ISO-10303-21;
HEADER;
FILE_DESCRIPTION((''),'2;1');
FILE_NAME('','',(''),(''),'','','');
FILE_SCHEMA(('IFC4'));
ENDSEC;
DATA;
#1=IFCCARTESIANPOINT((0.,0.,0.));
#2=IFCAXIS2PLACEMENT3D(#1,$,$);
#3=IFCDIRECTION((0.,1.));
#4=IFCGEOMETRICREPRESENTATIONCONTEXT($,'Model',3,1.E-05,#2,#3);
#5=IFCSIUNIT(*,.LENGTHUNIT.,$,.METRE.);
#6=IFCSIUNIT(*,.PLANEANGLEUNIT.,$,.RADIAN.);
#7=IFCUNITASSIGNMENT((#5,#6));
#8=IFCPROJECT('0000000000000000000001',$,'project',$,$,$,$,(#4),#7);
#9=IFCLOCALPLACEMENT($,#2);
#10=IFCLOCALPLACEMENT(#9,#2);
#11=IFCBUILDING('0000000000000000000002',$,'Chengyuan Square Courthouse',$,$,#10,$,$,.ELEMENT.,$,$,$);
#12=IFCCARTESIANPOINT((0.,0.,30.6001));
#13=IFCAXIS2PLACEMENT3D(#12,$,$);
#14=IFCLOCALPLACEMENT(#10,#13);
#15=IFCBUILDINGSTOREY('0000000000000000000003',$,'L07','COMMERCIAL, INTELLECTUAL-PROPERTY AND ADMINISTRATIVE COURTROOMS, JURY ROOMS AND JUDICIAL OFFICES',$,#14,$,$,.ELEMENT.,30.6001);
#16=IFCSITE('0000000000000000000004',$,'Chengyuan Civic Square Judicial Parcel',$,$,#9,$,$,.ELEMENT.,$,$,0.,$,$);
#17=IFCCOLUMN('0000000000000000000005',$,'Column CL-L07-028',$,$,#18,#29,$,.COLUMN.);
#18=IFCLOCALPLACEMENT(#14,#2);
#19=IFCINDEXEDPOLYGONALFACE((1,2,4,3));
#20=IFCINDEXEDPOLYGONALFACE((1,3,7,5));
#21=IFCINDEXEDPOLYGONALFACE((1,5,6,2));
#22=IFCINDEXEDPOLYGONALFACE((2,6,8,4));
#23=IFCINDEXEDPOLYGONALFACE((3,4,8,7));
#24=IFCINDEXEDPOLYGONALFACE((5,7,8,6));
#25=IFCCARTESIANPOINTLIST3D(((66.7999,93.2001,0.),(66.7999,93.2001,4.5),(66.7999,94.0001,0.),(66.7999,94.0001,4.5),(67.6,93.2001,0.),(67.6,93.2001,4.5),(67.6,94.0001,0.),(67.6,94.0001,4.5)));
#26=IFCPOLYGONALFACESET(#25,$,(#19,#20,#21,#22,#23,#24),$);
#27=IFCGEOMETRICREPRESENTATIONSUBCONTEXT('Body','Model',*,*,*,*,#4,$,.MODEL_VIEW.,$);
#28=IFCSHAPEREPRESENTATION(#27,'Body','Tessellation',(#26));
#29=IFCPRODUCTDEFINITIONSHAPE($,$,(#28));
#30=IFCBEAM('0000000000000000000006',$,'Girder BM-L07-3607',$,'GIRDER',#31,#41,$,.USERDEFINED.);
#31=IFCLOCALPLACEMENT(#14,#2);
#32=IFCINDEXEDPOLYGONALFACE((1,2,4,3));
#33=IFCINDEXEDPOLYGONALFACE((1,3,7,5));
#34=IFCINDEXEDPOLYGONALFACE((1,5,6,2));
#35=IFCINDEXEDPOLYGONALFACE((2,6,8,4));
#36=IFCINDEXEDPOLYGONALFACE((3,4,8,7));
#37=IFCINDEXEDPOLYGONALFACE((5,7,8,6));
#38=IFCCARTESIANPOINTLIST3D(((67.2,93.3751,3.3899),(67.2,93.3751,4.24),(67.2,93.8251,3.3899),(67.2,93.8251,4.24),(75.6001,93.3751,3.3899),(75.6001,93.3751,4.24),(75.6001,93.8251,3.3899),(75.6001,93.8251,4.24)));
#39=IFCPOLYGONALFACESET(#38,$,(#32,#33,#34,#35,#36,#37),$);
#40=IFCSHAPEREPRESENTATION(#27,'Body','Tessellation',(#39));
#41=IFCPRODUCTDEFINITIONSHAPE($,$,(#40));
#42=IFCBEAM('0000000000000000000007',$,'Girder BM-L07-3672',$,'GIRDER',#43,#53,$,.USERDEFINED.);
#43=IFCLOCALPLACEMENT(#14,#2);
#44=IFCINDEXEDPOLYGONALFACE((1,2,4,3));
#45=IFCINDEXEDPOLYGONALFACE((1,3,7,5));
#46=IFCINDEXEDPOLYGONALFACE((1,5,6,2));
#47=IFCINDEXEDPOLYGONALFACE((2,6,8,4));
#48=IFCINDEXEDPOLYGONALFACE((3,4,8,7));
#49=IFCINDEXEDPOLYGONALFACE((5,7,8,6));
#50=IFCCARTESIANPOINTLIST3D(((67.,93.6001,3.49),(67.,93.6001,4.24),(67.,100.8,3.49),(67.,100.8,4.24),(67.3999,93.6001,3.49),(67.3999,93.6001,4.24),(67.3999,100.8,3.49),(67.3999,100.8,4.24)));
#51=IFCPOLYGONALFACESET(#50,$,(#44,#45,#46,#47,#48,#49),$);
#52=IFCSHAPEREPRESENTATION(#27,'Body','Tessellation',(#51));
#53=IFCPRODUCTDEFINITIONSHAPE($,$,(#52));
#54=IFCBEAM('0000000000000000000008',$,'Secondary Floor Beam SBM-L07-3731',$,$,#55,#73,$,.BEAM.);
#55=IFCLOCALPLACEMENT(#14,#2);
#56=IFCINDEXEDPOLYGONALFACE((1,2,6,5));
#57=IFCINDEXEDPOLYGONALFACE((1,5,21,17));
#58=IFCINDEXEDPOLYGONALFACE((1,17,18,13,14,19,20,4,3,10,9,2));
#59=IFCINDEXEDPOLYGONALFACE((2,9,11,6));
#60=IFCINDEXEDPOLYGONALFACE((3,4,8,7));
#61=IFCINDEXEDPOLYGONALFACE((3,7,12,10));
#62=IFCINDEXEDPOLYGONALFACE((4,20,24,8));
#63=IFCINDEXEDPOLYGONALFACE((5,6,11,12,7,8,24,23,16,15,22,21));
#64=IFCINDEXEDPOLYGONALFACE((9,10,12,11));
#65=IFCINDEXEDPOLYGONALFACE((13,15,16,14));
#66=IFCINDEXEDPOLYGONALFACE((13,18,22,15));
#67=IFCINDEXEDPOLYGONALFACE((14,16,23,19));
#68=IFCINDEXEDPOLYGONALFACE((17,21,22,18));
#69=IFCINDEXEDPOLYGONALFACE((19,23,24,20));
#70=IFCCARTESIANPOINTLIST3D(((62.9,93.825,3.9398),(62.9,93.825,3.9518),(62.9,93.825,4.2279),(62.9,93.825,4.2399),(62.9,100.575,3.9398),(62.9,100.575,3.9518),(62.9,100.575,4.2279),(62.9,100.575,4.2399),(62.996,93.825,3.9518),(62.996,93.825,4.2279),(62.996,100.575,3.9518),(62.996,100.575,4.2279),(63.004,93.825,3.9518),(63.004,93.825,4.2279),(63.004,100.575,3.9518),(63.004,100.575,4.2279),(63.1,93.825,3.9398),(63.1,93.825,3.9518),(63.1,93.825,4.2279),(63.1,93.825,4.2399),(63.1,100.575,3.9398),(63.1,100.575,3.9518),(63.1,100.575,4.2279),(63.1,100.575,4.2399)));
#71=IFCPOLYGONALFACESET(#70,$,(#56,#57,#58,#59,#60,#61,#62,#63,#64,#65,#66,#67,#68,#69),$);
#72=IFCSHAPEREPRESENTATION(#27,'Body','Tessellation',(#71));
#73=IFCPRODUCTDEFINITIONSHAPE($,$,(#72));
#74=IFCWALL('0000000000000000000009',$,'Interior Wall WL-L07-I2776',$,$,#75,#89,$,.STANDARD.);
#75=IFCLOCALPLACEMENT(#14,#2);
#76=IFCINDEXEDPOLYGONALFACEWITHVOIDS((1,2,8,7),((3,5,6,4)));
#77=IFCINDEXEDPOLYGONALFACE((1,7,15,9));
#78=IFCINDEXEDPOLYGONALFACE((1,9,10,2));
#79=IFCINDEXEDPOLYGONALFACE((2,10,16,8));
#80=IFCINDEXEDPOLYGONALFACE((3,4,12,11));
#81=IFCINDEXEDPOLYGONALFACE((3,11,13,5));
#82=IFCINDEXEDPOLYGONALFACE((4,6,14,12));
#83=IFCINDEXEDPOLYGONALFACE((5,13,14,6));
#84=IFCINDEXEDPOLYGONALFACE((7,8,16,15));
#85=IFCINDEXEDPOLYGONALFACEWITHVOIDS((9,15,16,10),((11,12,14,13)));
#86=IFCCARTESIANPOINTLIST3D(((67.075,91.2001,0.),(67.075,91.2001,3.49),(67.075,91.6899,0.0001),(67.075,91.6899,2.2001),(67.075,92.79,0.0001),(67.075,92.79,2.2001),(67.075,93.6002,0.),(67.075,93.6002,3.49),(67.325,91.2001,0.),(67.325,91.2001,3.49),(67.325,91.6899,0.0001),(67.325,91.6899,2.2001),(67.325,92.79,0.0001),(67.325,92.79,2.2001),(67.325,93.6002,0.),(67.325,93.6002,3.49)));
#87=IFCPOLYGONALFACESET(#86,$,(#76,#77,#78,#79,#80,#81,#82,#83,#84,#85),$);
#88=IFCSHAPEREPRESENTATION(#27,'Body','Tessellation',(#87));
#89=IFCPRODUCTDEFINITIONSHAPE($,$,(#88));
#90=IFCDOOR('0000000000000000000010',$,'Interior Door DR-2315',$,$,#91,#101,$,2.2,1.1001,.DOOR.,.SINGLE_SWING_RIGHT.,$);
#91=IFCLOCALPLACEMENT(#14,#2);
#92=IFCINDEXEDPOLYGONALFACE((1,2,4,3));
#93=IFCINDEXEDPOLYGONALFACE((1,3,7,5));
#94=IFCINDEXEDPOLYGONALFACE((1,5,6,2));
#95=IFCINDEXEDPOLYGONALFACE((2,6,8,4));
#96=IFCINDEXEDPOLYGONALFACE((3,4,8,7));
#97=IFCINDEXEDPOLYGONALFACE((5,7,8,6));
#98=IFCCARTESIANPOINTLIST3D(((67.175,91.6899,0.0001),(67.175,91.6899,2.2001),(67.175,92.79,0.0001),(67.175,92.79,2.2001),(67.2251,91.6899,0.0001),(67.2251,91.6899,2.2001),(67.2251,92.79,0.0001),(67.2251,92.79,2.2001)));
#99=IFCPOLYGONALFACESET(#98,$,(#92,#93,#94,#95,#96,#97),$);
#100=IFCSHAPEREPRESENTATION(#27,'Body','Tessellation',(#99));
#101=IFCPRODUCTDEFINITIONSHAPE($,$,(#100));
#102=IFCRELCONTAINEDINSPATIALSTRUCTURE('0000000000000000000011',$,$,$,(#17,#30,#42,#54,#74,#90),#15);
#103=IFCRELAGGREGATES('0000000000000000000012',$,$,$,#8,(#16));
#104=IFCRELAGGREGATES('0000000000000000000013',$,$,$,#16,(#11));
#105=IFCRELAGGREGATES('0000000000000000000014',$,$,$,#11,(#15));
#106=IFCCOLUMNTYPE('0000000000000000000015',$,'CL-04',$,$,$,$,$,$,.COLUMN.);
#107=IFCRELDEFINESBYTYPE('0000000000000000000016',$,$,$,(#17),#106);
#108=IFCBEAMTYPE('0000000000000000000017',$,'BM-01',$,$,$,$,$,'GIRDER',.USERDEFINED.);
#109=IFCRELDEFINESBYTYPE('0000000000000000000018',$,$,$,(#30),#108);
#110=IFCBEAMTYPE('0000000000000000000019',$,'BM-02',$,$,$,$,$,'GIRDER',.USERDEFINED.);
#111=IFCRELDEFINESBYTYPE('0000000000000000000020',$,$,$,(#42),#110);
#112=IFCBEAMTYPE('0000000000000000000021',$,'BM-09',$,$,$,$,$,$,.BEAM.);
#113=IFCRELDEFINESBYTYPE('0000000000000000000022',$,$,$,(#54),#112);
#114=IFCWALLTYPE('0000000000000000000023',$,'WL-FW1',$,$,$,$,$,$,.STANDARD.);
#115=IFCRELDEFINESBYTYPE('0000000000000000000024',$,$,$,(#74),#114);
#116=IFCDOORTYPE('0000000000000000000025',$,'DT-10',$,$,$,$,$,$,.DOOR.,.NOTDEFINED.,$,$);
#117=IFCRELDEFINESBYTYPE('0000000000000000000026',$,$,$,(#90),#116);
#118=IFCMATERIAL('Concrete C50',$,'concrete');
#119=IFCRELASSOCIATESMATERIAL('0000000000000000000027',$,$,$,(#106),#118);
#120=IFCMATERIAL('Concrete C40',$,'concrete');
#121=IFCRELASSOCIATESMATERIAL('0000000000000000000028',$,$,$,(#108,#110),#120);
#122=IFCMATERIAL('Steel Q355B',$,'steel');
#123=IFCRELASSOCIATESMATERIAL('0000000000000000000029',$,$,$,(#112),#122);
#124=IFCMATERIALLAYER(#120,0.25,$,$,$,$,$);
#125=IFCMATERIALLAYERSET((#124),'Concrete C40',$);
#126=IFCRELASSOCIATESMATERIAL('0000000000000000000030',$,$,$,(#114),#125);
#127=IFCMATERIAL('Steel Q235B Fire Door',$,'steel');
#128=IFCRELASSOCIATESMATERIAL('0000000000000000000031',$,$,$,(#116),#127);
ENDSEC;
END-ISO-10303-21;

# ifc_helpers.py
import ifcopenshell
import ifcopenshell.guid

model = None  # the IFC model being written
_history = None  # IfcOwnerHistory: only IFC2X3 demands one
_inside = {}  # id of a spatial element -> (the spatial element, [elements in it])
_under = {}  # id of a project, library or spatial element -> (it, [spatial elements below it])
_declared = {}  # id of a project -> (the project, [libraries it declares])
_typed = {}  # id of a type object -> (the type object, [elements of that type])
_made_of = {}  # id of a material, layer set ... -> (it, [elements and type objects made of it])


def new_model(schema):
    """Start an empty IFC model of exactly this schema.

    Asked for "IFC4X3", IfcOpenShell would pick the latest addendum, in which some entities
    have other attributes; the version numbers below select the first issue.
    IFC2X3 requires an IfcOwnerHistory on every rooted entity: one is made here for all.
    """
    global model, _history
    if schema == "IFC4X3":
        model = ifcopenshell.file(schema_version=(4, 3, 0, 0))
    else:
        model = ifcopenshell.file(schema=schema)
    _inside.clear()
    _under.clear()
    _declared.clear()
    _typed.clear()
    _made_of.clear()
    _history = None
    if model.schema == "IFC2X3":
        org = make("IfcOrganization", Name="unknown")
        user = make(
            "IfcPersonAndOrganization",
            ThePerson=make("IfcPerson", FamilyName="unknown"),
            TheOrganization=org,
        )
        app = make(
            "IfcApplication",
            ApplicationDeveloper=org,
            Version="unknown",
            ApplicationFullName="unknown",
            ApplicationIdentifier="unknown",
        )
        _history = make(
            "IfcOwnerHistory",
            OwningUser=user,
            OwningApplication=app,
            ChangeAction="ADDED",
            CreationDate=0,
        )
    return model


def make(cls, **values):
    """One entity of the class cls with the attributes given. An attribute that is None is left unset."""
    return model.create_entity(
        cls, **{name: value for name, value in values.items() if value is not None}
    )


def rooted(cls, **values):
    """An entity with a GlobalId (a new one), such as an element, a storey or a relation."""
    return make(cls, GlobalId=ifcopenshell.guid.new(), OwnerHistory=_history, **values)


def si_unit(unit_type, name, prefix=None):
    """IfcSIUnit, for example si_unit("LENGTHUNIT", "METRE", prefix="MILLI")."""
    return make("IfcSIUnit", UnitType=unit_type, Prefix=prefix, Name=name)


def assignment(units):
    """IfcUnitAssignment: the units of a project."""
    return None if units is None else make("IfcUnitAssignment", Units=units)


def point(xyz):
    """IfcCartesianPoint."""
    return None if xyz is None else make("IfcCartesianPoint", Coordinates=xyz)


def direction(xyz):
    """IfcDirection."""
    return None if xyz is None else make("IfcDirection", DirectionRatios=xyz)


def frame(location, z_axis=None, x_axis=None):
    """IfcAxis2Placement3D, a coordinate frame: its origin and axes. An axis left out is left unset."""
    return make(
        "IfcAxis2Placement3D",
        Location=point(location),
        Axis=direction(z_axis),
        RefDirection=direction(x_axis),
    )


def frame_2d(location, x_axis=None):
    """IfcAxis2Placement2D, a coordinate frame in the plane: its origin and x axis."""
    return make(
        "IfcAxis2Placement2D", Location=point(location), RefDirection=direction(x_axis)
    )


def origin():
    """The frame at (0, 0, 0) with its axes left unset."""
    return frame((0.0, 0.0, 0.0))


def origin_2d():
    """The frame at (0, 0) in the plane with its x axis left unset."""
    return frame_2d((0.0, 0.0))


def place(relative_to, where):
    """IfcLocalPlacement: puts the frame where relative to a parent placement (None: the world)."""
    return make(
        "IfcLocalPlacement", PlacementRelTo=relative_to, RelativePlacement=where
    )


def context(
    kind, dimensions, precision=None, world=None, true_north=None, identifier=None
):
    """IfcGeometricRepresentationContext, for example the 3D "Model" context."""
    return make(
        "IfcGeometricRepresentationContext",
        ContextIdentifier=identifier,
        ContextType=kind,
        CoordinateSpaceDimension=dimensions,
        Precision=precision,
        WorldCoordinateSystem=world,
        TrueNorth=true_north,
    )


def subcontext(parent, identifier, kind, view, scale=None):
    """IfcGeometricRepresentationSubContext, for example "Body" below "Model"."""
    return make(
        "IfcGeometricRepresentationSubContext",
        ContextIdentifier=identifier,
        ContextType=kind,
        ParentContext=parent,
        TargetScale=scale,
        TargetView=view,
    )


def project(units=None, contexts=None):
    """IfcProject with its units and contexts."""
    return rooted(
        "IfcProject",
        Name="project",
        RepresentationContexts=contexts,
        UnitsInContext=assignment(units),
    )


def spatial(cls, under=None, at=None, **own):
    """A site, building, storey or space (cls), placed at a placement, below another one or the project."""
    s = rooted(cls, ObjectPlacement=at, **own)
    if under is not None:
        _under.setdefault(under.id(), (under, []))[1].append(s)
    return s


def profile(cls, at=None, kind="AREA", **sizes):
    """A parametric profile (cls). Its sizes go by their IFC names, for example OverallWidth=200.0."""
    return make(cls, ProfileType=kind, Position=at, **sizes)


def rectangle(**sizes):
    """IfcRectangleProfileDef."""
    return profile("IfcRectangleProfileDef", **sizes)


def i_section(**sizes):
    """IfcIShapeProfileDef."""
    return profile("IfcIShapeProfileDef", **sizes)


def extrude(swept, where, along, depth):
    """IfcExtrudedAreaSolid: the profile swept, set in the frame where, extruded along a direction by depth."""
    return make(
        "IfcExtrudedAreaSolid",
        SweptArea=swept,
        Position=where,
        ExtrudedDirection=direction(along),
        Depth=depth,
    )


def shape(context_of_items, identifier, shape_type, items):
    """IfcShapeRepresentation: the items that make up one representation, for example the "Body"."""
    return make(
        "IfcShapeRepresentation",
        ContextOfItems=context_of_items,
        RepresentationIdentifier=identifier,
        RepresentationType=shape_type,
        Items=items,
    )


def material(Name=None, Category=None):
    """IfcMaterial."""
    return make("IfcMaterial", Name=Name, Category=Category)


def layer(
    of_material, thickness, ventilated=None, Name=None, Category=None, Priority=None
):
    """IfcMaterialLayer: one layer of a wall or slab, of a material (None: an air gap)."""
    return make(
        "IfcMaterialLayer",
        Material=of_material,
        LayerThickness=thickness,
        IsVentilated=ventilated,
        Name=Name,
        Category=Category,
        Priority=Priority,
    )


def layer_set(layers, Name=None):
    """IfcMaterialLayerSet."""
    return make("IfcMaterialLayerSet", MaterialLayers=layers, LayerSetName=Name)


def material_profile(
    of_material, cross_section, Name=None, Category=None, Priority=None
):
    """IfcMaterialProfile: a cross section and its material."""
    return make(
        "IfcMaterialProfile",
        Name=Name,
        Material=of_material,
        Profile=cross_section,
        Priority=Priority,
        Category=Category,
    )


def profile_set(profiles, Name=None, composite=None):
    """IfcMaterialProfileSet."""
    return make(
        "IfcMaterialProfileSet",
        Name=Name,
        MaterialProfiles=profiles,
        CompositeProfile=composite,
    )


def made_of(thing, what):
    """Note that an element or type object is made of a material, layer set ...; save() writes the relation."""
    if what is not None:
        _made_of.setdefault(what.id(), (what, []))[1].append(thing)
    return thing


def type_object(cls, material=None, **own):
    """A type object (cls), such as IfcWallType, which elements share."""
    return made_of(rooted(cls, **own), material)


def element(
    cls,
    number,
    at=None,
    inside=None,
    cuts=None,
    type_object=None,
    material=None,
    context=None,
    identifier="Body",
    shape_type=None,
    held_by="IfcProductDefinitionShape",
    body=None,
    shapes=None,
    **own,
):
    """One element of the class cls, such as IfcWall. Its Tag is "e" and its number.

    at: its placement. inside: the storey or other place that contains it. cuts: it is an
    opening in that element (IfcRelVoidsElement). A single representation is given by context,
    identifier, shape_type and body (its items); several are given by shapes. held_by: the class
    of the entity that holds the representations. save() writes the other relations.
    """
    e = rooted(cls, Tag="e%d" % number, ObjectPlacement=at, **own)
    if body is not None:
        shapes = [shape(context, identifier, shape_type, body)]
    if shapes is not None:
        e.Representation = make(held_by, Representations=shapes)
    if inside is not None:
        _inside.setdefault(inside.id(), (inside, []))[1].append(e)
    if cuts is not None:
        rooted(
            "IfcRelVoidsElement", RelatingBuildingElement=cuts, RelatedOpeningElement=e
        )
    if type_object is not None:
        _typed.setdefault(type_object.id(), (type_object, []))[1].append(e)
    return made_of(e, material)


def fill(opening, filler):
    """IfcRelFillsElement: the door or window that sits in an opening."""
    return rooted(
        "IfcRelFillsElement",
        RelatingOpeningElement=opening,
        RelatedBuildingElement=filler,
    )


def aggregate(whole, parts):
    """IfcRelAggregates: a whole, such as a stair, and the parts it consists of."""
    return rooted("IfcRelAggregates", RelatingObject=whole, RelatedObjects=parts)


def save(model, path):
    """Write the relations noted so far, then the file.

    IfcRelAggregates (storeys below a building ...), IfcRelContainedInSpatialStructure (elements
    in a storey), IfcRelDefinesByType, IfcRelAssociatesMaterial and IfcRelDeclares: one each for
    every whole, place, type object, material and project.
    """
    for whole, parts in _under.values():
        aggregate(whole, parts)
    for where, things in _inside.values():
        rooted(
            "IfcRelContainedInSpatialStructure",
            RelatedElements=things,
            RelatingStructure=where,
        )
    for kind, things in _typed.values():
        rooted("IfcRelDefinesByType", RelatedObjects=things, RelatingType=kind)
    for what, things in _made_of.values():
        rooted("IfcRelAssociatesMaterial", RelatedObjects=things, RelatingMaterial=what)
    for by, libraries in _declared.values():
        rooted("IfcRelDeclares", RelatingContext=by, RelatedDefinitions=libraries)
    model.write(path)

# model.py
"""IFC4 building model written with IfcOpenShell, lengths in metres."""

from ifc_helpers import new_model, si_unit, direction, frame, frame_2d, origin, origin_2d, place, context, subcontext, project, spatial, rectangle, i_section, extrude, material, layer, layer_set, material_profile, profile_set, type_object, element, fill, save


model = new_model("IFC4")

# Units and contexts
model_context = context("Model", 3, precision=1e-05, world=origin(), true_north=direction((0.0, 1.0)))
body_context = subcontext(model_context, "Body", "Model", "MODEL_VIEW")
ifc_project = project(units=[si_unit("LENGTHUNIT", "METRE"), si_unit("PLANEANGLEUNIT", "RADIAN")], contexts=[model_context])

# Site, building, storey
site_placement = place(None, origin())
site = spatial("IfcSite", under=ifc_project, at=site_placement, Name="Chengyuan Civic Square Judicial Parcel", CompositionType="ELEMENT", RefElevation=0.0)
building_placement = place(site_placement, origin())
building = spatial("IfcBuilding", under=site, at=building_placement, Name="Chengyuan Square Courthouse", CompositionType="ELEMENT")
storey_placement = place(building_placement, frame((0.0, 0.0, 30.6001)))
storey = spatial("IfcBuildingStorey", under=building, at=storey_placement, Name="L07", Description="COMMERCIAL, INTELLECTUAL-PROPERTY AND ADMINISTRATIVE COURTROOMS, JURY ROOMS AND JUDICIAL OFFICES", CompositionType="ELEMENT", Elevation=30.6001)

# Column
ifc_material_1 = material(Name="Concrete C50", Category="concrete")
ifc_material_profile_1 = material_profile(ifc_material_1, rectangle(XDim=0.8, YDim=0.8, at=origin_2d()), Name="RC-COL-800x800")
ifc_profile_set_1 = profile_set([ifc_material_profile_1], Name="Concrete C50")
column_type = type_object("IfcColumnType", Name="CL-04", PredefinedType="COLUMN", material=ifc_profile_set_1)
column_placement = place(storey_placement, frame((67.2, 93.6001, 0.0), z_axis=(0.0, 0.0, 1.0), x_axis=(1.0, 0.0, 0.0)))
element("IfcColumn", 1, at=column_placement, inside=storey, type_object=column_type, Name="Column CL-L07-028", PredefinedType="COLUMN", context=body_context, shape_type="SweptSolid", body=[
    extrude(rectangle(XDim=0.8, YDim=0.8, at=origin_2d()), origin(), (0.0, 0.0, 1.0), 4.5),
])

# Beams
ifc_material_2 = material(Name="Concrete C40", Category="concrete")
ifc_material_profile_2 = material_profile(ifc_material_2, rectangle(XDim=0.45, YDim=0.8501, at=origin_2d()), Name="RC-BM-450x850")
ifc_profile_set_2 = profile_set([ifc_material_profile_2], Name="Concrete C40")
beam_type_1 = type_object("IfcBeamType", Name="BM-01", ElementType="GIRDER", PredefinedType="USERDEFINED", material=ifc_profile_set_2)
beam_1_placement = place(storey_placement, frame((67.2, 93.6001, 3.8149), z_axis=(1.0, 0.0, 0.0), x_axis=(0.0, 1.0, 0.0)))
element("IfcBeam", 2, at=beam_1_placement, inside=storey, type_object=beam_type_1, Name="Girder BM-L07-3607", ObjectType="GIRDER", PredefinedType="USERDEFINED", context=body_context, shape_type="SweptSolid", body=[
    extrude(rectangle(XDim=0.45, YDim=0.8501, at=origin_2d()), origin(), (0.0, 0.0, 1.0), 8.4001),
])
ifc_material_profile_3 = material_profile(ifc_material_2, rectangle(XDim=0.3999, YDim=0.75, at=origin_2d()), Name="RC-BM-400x750")
ifc_profile_set_3 = profile_set([ifc_material_profile_3], Name="Concrete C40")
beam_type_2 = type_object("IfcBeamType", Name="BM-02", ElementType="GIRDER", PredefinedType="USERDEFINED", material=ifc_profile_set_3)
beam_2_placement = place(storey_placement, frame((67.2, 93.6001, 3.865), z_axis=(0.0, 1.0, 0.0), x_axis=(-1.0, 0.0, 0.0)))
element("IfcBeam", 3, at=beam_2_placement, inside=storey, type_object=beam_type_2, Name="Girder BM-L07-3672", ObjectType="GIRDER", PredefinedType="USERDEFINED", context=body_context, shape_type="SweptSolid", body=[
    extrude(rectangle(XDim=0.3999, YDim=0.75, at=origin_2d()), origin(), (0.0, 0.0, 1.0), 7.2),
])
ifc_material_3 = material(Name="Steel Q355B", Category="steel")
ifc_material_profile_4 = material_profile(ifc_material_3, i_section(OverallWidth=0.2, OverallDepth=0.3, WebThickness=0.0081, FlangeThickness=0.012, at=origin_2d()), Name="HM 300x200x8x12")
ifc_profile_set_4 = profile_set([ifc_material_profile_4], Name="Steel Q355B")
beam_type_3 = type_object("IfcBeamType", Name="BM-09", PredefinedType="BEAM", material=ifc_profile_set_4)
beam_3_placement = place(storey_placement, frame((63.0, 93.825, 4.0898), z_axis=(0.0, 1.0, 0.0), x_axis=(-1.0, 0.0, 0.0)))
element("IfcBeam", 4, at=beam_3_placement, inside=storey, type_object=beam_type_3, Name="Secondary Floor Beam SBM-L07-3731", PredefinedType="BEAM", context=body_context, shape_type="SweptSolid", body=[
    extrude(i_section(OverallWidth=0.2, OverallDepth=0.3, WebThickness=0.0081, FlangeThickness=0.012, at=origin_2d()), origin(), (0.0, 0.0, 1.0), 6.75),
])

# Wall, opening, door
ifc_layer_1 = layer(ifc_material_2, 0.25)
ifc_layer_set_1 = layer_set([ifc_layer_1], Name="Concrete C40")
wall_type_1 = type_object("IfcWallType", Name="WL-FW1", PredefinedType="STANDARD", material=ifc_layer_set_1)
wall_1_placement = place(storey_placement, frame((67.2, 91.2, 0.0), z_axis=(0.0, 0.0, 1.0), x_axis=(0.0, 1.0, 0.0)))
wall_1 = element("IfcWall", 5, at=wall_1_placement, inside=storey, type_object=wall_type_1, Name="Interior Wall WL-L07-I2776", PredefinedType="STANDARD", context=body_context, shape_type="SweptSolid", body=[
    extrude(rectangle(XDim=2.4001, YDim=0.25, at=frame_2d((1.2002, 0.0))), origin(), (0.0, 0.0, 1.0), 3.49),
])
opening_1_placement = place(wall_1_placement, frame((0.49, 0.0, 0.0)))
opening_1 = element("IfcOpeningElement", 6, at=opening_1_placement, cuts=wall_1, PredefinedType="OPENING", context=body_context, shape_type="SweptSolid", body=[
    extrude(rectangle(XDim=1.1001, YDim=2.2, at=frame_2d((0.55, 1.1001))), frame((0.0, 0.137, 0.0), z_axis=(0.0, -1.0, 0.0), x_axis=(1.0, 0.0, 0.0)), (0.0, 0.0, 1.0), 0.2739),
])
ifc_material_4 = material(Name="Steel Q235B Fire Door", Category="steel")
door_type_1 = type_object("IfcDoorType", Name="DT-10", OperationType="NOTDEFINED", PredefinedType="DOOR", material=ifc_material_4)
door_1_placement = place(opening_1_placement, origin())
door_1 = element("IfcDoor", 7, at=door_1_placement, inside=storey, type_object=door_type_1, Name="Interior Door DR-2315", OperationType="SINGLE_SWING_RIGHT", OverallHeight=2.2, OverallWidth=1.1001, PredefinedType="DOOR", context=body_context, shape_type="SweptSolid", body=[
    extrude(rectangle(XDim=1.1001, YDim=2.2, at=frame_2d((0.55, 1.1001))), frame((0.0, 0.0249, 0.0), z_axis=(0.0, -1.0, 0.0), x_axis=(1.0, 0.0, 0.0)), (0.0, 0.0, 1.0), 0.05),
])
fill(opening_1, door_1)

save(model, "model.ifc")
